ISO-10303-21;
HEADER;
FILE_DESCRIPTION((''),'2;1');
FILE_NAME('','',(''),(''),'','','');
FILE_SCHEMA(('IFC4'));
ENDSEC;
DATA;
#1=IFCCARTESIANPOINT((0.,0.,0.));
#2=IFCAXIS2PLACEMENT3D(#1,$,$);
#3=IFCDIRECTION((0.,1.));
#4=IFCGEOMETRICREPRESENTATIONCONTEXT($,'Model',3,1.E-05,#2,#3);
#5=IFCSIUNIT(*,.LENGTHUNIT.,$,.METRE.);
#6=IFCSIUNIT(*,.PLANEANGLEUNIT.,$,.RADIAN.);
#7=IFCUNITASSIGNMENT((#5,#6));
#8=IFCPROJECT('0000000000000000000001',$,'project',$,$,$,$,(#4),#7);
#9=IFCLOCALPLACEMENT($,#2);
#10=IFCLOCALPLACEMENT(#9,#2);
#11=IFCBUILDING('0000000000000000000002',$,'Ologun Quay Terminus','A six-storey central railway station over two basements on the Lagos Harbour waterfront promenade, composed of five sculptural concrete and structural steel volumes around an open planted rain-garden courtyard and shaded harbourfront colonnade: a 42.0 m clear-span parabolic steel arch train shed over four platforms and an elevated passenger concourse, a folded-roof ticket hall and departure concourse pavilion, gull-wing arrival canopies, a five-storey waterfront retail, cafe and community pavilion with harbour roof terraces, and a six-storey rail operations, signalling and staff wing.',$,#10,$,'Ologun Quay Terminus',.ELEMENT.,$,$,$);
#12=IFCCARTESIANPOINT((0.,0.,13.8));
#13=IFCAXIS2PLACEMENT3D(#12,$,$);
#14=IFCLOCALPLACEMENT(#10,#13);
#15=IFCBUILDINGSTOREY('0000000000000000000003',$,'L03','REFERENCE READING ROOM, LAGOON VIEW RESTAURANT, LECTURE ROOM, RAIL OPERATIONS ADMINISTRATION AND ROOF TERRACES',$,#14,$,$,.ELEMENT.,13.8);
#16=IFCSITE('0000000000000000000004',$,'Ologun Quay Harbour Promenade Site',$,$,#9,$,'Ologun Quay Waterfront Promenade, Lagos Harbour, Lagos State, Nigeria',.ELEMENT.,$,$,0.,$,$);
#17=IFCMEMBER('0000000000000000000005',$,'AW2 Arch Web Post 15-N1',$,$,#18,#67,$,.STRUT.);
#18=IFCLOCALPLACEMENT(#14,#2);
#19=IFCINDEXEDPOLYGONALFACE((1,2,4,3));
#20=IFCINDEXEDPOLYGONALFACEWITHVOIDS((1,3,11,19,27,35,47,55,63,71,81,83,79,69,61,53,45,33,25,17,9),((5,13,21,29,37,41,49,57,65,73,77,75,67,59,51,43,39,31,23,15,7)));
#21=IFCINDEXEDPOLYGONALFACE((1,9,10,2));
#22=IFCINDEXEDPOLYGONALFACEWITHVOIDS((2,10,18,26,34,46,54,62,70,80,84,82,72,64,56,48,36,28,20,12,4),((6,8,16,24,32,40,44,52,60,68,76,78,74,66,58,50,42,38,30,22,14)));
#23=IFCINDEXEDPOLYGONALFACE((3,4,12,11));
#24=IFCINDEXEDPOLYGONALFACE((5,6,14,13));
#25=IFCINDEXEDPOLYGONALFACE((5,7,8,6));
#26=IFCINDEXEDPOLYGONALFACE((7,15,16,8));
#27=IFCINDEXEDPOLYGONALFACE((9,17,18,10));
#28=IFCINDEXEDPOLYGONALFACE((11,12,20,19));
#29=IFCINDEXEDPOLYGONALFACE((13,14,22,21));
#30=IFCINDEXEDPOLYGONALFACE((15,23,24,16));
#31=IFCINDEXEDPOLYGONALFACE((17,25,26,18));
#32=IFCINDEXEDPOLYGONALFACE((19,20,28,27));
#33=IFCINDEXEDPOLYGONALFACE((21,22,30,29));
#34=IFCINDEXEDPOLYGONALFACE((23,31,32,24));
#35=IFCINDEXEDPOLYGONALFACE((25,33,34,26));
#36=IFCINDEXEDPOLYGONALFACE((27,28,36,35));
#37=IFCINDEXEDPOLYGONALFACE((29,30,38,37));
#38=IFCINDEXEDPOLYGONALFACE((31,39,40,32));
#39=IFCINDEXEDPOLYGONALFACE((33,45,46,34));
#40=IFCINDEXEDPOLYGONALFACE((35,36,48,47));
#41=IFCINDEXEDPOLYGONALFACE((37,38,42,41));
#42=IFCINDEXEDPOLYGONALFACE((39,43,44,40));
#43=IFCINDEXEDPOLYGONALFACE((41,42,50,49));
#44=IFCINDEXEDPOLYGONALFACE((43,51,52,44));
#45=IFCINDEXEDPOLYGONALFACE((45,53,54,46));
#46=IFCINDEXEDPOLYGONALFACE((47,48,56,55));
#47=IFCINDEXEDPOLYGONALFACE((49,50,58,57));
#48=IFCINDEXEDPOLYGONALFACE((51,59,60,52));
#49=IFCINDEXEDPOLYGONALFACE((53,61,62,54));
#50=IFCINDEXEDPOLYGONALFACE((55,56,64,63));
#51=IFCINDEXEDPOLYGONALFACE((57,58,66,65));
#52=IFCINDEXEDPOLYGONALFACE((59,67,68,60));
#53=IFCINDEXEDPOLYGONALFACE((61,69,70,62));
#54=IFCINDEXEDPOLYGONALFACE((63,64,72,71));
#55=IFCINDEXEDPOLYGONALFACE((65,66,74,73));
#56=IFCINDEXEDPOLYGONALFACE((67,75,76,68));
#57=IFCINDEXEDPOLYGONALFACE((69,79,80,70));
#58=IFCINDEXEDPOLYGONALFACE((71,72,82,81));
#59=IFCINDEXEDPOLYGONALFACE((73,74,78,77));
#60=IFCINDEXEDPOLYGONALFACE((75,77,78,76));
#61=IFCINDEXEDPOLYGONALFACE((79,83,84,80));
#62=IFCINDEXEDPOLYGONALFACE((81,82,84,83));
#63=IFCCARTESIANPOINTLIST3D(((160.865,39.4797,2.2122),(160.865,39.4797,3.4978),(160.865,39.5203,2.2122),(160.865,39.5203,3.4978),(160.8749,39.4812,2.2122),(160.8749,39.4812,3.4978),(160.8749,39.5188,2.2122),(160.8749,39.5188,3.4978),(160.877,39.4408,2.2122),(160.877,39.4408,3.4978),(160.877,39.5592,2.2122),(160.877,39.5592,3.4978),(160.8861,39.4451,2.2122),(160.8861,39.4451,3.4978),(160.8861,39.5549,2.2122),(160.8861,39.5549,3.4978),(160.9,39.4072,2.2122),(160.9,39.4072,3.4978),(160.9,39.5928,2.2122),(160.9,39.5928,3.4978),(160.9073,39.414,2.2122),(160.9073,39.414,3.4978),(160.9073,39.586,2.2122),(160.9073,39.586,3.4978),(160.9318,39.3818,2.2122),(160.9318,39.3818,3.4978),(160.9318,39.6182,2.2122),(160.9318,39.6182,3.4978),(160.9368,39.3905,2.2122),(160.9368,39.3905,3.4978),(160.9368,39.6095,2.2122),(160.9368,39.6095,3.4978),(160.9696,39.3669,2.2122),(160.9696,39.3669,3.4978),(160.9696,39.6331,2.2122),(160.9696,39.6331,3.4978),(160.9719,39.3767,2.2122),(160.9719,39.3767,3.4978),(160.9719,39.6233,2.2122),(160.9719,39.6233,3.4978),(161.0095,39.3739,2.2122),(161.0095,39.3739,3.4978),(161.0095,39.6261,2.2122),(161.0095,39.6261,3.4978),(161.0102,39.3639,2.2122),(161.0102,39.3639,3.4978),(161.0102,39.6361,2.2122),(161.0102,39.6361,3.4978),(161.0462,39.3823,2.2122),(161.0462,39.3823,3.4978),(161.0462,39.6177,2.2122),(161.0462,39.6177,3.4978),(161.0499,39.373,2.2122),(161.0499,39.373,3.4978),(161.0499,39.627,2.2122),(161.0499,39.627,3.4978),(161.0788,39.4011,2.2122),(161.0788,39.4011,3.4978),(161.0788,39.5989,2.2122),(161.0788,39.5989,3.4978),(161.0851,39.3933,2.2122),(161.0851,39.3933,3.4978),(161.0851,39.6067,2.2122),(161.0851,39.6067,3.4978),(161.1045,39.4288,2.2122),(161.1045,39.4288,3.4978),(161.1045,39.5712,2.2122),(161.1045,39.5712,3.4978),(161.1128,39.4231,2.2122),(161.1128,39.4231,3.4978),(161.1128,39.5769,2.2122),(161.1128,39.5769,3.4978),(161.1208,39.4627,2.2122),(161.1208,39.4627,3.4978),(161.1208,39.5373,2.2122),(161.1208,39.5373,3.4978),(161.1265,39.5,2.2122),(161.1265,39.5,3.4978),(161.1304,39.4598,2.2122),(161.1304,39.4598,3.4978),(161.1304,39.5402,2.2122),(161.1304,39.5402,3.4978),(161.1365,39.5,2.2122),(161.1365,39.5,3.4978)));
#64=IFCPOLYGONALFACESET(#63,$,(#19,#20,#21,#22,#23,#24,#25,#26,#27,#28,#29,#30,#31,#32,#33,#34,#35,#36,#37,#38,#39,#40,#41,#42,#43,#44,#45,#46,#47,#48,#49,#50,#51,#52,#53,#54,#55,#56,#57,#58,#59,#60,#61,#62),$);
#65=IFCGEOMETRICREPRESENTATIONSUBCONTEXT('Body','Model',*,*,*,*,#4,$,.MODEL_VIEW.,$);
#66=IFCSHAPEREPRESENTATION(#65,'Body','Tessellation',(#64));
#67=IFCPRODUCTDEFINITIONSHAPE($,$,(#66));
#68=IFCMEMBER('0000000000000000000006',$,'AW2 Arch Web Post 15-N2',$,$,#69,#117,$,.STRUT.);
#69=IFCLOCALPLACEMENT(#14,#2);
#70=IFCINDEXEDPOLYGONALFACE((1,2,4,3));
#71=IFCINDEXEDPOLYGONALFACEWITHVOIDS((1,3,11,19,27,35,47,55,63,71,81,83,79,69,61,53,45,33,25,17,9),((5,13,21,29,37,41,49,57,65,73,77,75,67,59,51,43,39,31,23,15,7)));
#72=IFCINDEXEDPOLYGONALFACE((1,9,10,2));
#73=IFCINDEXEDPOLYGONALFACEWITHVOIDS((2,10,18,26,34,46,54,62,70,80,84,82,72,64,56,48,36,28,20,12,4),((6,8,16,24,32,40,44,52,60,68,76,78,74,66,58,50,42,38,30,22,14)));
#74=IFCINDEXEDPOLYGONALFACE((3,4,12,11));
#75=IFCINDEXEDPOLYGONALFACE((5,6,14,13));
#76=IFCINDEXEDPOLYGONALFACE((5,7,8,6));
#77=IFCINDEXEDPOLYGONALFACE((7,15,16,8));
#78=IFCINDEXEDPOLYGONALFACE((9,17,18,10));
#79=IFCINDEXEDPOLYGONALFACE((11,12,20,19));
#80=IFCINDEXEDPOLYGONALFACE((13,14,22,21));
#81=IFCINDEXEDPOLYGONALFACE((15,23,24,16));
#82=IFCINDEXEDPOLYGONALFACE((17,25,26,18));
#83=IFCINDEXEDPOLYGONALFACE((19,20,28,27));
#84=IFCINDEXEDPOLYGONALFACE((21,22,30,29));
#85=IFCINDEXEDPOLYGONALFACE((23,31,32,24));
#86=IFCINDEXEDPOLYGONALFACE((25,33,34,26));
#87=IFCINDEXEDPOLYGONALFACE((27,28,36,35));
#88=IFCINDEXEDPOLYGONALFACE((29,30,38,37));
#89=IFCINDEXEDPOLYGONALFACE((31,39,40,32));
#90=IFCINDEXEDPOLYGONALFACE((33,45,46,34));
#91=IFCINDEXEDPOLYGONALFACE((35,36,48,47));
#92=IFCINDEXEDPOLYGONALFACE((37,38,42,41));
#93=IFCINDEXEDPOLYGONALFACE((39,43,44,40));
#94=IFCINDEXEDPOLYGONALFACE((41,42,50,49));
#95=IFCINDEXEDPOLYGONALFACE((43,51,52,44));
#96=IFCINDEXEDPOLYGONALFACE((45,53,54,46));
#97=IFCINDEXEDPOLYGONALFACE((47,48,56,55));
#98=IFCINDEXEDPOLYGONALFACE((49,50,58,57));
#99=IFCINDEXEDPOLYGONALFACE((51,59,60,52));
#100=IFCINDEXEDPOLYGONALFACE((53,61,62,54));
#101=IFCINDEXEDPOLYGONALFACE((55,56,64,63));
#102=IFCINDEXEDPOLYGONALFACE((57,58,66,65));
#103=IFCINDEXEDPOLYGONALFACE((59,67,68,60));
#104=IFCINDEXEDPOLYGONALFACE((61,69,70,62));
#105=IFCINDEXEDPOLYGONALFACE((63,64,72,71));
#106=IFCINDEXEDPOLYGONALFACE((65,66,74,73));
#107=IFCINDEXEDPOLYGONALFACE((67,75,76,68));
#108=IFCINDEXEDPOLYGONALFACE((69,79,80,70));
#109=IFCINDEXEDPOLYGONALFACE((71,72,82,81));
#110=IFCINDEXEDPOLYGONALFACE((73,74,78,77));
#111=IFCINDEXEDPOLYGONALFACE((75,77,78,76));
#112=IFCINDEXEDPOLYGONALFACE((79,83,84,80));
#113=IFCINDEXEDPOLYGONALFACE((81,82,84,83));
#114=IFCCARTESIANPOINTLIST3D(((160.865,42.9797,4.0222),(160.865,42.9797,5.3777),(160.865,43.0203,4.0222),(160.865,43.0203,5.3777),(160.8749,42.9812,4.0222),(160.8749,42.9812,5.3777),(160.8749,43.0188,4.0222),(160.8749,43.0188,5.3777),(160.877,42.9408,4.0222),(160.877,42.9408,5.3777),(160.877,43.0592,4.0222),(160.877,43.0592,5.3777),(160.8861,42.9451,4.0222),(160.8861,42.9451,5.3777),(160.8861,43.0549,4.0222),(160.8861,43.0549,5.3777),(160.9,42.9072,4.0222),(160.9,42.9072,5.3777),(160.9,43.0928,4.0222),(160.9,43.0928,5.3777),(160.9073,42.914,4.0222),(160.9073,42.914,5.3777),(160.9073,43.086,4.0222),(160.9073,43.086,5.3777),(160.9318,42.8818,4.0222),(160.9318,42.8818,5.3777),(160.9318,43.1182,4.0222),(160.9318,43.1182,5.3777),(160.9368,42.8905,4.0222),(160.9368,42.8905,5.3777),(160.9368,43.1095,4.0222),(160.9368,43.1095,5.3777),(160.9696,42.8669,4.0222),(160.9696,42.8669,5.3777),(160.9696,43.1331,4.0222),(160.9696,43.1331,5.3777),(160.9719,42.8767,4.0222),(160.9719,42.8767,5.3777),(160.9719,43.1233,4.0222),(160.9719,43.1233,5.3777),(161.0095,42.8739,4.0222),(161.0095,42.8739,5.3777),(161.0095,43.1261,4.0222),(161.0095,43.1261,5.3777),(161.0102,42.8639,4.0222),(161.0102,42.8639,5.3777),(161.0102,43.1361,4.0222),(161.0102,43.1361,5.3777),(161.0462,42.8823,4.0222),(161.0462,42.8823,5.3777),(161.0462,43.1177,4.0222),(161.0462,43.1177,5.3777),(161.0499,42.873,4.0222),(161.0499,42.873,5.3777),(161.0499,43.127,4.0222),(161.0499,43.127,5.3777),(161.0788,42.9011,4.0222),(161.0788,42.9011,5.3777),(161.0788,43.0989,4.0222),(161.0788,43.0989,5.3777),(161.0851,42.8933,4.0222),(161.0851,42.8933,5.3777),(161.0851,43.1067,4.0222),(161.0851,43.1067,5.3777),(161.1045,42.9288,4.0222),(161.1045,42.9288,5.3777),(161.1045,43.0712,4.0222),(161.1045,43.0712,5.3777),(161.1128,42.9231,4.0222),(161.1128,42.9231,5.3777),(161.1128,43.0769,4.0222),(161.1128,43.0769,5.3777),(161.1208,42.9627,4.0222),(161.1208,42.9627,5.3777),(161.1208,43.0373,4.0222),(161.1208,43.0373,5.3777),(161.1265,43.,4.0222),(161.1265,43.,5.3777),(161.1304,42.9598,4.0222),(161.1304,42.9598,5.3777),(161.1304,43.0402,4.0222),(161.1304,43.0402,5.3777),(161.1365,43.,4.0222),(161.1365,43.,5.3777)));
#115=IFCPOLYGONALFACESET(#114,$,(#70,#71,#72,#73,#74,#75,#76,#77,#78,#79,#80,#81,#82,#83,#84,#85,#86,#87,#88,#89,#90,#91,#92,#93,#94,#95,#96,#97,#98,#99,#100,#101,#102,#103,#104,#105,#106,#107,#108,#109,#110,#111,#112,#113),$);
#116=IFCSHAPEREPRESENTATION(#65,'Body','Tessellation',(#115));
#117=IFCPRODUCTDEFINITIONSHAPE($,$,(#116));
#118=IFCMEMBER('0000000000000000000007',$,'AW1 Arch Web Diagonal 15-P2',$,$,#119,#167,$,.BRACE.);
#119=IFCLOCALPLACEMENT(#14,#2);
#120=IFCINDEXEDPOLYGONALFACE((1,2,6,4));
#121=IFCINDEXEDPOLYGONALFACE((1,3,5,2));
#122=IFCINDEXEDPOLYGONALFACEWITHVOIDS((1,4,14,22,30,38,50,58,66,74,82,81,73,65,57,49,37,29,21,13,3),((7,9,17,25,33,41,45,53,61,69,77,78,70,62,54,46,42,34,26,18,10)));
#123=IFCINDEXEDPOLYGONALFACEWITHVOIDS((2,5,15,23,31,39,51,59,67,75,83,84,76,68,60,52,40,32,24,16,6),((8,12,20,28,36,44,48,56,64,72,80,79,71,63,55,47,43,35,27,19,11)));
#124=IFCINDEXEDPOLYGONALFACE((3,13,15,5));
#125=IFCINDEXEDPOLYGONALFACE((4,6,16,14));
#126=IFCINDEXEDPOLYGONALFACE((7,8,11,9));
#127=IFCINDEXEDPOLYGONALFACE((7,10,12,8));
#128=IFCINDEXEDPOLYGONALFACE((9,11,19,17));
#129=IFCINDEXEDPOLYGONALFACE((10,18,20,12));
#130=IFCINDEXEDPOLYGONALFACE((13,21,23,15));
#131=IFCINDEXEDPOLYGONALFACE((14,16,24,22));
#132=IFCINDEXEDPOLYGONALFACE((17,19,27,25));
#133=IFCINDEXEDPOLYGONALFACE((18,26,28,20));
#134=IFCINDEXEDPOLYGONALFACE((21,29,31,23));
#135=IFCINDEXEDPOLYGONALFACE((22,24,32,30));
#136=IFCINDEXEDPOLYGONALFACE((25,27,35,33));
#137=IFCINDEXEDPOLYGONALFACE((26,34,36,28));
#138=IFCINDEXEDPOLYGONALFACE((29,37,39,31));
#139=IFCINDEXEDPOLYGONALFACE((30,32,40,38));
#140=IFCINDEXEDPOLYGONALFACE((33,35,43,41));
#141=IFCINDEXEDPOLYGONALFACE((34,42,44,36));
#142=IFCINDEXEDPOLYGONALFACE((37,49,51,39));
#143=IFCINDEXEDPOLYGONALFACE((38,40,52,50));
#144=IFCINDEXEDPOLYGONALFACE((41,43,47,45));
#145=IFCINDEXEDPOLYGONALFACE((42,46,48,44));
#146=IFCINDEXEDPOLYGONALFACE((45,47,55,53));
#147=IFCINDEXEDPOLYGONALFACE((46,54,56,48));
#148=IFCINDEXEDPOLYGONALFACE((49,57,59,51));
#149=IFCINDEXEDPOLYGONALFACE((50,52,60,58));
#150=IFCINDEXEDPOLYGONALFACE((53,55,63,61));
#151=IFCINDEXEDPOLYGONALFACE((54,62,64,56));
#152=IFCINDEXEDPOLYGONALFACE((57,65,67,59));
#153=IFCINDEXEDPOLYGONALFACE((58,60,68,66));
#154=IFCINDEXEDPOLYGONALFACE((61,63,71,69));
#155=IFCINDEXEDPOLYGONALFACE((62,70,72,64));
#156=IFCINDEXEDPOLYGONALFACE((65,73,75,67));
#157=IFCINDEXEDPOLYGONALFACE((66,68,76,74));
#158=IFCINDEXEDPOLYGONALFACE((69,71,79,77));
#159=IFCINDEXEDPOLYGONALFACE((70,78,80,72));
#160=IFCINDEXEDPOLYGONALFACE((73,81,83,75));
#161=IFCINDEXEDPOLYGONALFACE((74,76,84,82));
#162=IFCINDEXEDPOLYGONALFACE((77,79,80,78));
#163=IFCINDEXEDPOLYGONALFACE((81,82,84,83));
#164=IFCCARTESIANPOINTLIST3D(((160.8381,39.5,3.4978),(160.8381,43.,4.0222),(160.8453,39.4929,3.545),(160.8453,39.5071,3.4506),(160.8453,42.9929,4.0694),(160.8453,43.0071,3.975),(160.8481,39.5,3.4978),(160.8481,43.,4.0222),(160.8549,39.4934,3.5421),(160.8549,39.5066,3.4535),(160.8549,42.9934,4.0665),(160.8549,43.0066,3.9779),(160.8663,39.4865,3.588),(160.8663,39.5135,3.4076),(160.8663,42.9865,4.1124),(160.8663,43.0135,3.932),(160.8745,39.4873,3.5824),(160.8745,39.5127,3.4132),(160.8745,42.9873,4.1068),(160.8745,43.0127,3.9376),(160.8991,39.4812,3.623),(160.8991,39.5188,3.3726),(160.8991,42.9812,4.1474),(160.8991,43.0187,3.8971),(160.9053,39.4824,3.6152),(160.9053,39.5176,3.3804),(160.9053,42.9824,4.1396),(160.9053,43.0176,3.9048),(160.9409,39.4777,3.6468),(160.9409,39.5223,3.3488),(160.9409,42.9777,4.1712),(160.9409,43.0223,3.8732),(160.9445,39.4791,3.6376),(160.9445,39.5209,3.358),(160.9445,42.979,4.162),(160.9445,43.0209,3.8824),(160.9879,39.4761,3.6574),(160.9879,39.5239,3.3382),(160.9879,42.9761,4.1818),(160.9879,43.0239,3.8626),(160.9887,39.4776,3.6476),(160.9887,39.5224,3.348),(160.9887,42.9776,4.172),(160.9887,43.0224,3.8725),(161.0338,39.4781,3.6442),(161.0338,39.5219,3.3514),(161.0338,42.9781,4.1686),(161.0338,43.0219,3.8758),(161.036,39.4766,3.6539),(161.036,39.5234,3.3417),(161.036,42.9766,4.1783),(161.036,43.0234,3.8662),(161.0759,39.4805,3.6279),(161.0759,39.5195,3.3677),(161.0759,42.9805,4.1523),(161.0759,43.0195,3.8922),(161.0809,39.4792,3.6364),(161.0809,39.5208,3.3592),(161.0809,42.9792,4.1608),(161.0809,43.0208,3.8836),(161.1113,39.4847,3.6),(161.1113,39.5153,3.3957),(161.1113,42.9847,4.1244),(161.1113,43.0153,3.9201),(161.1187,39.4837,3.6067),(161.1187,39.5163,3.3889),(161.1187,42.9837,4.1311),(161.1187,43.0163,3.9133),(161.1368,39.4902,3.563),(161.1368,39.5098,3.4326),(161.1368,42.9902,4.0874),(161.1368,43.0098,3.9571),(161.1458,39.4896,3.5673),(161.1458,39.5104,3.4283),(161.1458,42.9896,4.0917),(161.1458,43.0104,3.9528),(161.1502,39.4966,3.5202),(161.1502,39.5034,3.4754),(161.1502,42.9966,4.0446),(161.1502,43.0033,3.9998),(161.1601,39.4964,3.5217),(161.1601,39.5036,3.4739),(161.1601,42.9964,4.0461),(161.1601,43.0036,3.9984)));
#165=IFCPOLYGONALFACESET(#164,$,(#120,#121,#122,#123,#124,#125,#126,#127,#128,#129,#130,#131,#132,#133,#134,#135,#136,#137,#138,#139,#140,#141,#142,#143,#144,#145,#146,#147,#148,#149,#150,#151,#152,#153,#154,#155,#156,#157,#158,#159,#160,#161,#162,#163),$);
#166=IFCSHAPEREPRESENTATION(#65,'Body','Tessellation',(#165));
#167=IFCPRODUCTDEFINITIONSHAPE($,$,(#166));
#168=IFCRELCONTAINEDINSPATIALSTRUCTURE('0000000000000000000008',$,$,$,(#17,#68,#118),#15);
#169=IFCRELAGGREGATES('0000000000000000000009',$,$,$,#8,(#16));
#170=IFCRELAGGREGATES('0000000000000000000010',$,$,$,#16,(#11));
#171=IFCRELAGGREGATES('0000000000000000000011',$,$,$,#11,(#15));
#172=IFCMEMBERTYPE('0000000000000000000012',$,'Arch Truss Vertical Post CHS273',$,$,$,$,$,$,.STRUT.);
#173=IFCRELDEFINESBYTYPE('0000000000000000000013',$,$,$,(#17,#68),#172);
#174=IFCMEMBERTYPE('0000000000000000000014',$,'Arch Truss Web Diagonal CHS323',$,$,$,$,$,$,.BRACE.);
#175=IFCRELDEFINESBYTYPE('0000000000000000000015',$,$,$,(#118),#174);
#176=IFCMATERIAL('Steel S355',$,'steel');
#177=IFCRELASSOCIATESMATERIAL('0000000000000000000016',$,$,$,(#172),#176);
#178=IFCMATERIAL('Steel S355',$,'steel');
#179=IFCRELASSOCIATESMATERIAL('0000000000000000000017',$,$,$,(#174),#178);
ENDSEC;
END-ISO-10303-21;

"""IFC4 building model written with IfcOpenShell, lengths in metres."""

from ifc_helpers import new_model, si_unit, direction, frame, origin, origin_2d, place, context, subcontext, project, spatial, hollow_circle, extrude, material, material_profile, profile_set, type_object, element, save


model = new_model("IFC4")

# Units and contexts
model_context = context("Model", 3, precision=1e-05, world=origin(), true_north=direction((0.0, 1.0)))
body_context = subcontext(model_context, "Body", "Model", "MODEL_VIEW")
ifc_project = project(units=[si_unit("LENGTHUNIT", "METRE"), si_unit("PLANEANGLEUNIT", "RADIAN")], contexts=[model_context])

# Site, building, storey
site_placement = place(None, origin())
site = spatial("IfcSite", under=ifc_project, at=site_placement, Name="Ologun Quay Harbour Promenade Site", LongName="Ologun Quay Waterfront Promenade, Lagos Harbour, Lagos State, Nigeria", CompositionType="ELEMENT", RefElevation=0.0)
building_placement = place(site_placement, origin())
building = spatial("IfcBuilding", under=site, at=building_placement, Name="Ologun Quay Terminus", Description="A six-storey central railway station over two basements on the Lagos Harbour waterfront promenade, composed of five sculptural concrete and structural steel volumes around an open planted rain-garden courtyard and shaded harbourfront colonnade: a 42.0 m clear-span parabolic steel arch train shed over four platforms and an elevated passenger concourse, a folded-roof ticket hall and departure concourse pavilion, gull-wing arrival canopies, a five-storey waterfront retail, cafe and community pavilion with harbour roof terraces, and a six-storey rail operations, signalling and staff wing.", LongName="Ologun Quay Terminus", CompositionType="ELEMENT")
storey_placement = place(building_placement, frame((0.0, 0.0, 13.8)))
storey = spatial("IfcBuildingStorey", under=building, at=storey_placement, Name="L03", Description="REFERENCE READING ROOM, LAGOON VIEW RESTAURANT, LECTURE ROOM, RAIL OPERATIONS ADMINISTRATION AND ROOF TERRACES", CompositionType="ELEMENT", Elevation=13.8)

# Members
ifc_material_1 = material(Name="Steel S355", Category="steel")
ifc_material_profile_1 = material_profile(ifc_material_1, hollow_circle(Radius=0.1365, WallThickness=0.01, at=origin_2d()), Name="CHS 273x10")
ifc_profile_set_1 = profile_set([ifc_material_profile_1], Name="Steel S355")
member_type_1 = type_object("IfcMemberType", Name="Arch Truss Vertical Post CHS273", PredefinedType="STRUT", material=ifc_profile_set_1)
member_1_placement = place(storey_placement, frame((161.0, 39.5, 2.2122), z_axis=(0.0, 0.0, 1.0), x_axis=(1.0, 0.0, 0.0)))
element("IfcMember", 1, at=member_1_placement, inside=storey, type_object=member_type_1, Name="AW2 Arch Web Post 15-N1", PredefinedType="STRUT", context=body_context, shape_type="SweptSolid", body=[
    extrude(hollow_circle(Radius=0.1365, WallThickness=0.01, at=origin_2d()), origin(), (0.0, 0.0, 1.0), 1.2856),
])
member_2_placement = place(storey_placement, frame((161.0, 43.0, 4.0222), z_axis=(0.0, 0.0, 1.0), x_axis=(1.0, 0.0, 0.0)))
element("IfcMember", 2, at=member_2_placement, inside=storey, type_object=member_type_1, Name="AW2 Arch Web Post 15-N2", PredefinedType="STRUT", context=body_context, shape_type="SweptSolid", body=[
    extrude(hollow_circle(Radius=0.1365, WallThickness=0.01, at=origin_2d()), origin(), (0.0, 0.0, 1.0), 1.3555),
])
ifc_material_2 = material(Name="Steel S355", Category="steel")
ifc_material_profile_2 = material_profile(ifc_material_2, hollow_circle(Radius=0.1619, WallThickness=0.01, at=origin_2d()), Name="CHS 323.9x10")
ifc_profile_set_2 = profile_set([ifc_material_profile_2], Name="Steel S355")
member_type_2 = type_object("IfcMemberType", Name="Arch Truss Web Diagonal CHS323", PredefinedType="BRACE", material=ifc_profile_set_2)
member_3_placement = place(storey_placement, frame((161.0, 39.5, 3.4978), z_axis=(0.0, 0.988961, 0.148179), x_axis=(-1.0, 0.0, 0.0)))
element("IfcMember", 3, at=member_3_placement, inside=storey, type_object=member_type_2, Name="AW1 Arch Web Diagonal 15-P2", PredefinedType="BRACE", context=body_context, shape_type="SweptSolid", body=[
    extrude(hollow_circle(Radius=0.1619, WallThickness=0.01, at=origin_2d()), origin(), (0.0, 0.0, 1.0), 3.5391),
])

save(model, "model.ifc")
